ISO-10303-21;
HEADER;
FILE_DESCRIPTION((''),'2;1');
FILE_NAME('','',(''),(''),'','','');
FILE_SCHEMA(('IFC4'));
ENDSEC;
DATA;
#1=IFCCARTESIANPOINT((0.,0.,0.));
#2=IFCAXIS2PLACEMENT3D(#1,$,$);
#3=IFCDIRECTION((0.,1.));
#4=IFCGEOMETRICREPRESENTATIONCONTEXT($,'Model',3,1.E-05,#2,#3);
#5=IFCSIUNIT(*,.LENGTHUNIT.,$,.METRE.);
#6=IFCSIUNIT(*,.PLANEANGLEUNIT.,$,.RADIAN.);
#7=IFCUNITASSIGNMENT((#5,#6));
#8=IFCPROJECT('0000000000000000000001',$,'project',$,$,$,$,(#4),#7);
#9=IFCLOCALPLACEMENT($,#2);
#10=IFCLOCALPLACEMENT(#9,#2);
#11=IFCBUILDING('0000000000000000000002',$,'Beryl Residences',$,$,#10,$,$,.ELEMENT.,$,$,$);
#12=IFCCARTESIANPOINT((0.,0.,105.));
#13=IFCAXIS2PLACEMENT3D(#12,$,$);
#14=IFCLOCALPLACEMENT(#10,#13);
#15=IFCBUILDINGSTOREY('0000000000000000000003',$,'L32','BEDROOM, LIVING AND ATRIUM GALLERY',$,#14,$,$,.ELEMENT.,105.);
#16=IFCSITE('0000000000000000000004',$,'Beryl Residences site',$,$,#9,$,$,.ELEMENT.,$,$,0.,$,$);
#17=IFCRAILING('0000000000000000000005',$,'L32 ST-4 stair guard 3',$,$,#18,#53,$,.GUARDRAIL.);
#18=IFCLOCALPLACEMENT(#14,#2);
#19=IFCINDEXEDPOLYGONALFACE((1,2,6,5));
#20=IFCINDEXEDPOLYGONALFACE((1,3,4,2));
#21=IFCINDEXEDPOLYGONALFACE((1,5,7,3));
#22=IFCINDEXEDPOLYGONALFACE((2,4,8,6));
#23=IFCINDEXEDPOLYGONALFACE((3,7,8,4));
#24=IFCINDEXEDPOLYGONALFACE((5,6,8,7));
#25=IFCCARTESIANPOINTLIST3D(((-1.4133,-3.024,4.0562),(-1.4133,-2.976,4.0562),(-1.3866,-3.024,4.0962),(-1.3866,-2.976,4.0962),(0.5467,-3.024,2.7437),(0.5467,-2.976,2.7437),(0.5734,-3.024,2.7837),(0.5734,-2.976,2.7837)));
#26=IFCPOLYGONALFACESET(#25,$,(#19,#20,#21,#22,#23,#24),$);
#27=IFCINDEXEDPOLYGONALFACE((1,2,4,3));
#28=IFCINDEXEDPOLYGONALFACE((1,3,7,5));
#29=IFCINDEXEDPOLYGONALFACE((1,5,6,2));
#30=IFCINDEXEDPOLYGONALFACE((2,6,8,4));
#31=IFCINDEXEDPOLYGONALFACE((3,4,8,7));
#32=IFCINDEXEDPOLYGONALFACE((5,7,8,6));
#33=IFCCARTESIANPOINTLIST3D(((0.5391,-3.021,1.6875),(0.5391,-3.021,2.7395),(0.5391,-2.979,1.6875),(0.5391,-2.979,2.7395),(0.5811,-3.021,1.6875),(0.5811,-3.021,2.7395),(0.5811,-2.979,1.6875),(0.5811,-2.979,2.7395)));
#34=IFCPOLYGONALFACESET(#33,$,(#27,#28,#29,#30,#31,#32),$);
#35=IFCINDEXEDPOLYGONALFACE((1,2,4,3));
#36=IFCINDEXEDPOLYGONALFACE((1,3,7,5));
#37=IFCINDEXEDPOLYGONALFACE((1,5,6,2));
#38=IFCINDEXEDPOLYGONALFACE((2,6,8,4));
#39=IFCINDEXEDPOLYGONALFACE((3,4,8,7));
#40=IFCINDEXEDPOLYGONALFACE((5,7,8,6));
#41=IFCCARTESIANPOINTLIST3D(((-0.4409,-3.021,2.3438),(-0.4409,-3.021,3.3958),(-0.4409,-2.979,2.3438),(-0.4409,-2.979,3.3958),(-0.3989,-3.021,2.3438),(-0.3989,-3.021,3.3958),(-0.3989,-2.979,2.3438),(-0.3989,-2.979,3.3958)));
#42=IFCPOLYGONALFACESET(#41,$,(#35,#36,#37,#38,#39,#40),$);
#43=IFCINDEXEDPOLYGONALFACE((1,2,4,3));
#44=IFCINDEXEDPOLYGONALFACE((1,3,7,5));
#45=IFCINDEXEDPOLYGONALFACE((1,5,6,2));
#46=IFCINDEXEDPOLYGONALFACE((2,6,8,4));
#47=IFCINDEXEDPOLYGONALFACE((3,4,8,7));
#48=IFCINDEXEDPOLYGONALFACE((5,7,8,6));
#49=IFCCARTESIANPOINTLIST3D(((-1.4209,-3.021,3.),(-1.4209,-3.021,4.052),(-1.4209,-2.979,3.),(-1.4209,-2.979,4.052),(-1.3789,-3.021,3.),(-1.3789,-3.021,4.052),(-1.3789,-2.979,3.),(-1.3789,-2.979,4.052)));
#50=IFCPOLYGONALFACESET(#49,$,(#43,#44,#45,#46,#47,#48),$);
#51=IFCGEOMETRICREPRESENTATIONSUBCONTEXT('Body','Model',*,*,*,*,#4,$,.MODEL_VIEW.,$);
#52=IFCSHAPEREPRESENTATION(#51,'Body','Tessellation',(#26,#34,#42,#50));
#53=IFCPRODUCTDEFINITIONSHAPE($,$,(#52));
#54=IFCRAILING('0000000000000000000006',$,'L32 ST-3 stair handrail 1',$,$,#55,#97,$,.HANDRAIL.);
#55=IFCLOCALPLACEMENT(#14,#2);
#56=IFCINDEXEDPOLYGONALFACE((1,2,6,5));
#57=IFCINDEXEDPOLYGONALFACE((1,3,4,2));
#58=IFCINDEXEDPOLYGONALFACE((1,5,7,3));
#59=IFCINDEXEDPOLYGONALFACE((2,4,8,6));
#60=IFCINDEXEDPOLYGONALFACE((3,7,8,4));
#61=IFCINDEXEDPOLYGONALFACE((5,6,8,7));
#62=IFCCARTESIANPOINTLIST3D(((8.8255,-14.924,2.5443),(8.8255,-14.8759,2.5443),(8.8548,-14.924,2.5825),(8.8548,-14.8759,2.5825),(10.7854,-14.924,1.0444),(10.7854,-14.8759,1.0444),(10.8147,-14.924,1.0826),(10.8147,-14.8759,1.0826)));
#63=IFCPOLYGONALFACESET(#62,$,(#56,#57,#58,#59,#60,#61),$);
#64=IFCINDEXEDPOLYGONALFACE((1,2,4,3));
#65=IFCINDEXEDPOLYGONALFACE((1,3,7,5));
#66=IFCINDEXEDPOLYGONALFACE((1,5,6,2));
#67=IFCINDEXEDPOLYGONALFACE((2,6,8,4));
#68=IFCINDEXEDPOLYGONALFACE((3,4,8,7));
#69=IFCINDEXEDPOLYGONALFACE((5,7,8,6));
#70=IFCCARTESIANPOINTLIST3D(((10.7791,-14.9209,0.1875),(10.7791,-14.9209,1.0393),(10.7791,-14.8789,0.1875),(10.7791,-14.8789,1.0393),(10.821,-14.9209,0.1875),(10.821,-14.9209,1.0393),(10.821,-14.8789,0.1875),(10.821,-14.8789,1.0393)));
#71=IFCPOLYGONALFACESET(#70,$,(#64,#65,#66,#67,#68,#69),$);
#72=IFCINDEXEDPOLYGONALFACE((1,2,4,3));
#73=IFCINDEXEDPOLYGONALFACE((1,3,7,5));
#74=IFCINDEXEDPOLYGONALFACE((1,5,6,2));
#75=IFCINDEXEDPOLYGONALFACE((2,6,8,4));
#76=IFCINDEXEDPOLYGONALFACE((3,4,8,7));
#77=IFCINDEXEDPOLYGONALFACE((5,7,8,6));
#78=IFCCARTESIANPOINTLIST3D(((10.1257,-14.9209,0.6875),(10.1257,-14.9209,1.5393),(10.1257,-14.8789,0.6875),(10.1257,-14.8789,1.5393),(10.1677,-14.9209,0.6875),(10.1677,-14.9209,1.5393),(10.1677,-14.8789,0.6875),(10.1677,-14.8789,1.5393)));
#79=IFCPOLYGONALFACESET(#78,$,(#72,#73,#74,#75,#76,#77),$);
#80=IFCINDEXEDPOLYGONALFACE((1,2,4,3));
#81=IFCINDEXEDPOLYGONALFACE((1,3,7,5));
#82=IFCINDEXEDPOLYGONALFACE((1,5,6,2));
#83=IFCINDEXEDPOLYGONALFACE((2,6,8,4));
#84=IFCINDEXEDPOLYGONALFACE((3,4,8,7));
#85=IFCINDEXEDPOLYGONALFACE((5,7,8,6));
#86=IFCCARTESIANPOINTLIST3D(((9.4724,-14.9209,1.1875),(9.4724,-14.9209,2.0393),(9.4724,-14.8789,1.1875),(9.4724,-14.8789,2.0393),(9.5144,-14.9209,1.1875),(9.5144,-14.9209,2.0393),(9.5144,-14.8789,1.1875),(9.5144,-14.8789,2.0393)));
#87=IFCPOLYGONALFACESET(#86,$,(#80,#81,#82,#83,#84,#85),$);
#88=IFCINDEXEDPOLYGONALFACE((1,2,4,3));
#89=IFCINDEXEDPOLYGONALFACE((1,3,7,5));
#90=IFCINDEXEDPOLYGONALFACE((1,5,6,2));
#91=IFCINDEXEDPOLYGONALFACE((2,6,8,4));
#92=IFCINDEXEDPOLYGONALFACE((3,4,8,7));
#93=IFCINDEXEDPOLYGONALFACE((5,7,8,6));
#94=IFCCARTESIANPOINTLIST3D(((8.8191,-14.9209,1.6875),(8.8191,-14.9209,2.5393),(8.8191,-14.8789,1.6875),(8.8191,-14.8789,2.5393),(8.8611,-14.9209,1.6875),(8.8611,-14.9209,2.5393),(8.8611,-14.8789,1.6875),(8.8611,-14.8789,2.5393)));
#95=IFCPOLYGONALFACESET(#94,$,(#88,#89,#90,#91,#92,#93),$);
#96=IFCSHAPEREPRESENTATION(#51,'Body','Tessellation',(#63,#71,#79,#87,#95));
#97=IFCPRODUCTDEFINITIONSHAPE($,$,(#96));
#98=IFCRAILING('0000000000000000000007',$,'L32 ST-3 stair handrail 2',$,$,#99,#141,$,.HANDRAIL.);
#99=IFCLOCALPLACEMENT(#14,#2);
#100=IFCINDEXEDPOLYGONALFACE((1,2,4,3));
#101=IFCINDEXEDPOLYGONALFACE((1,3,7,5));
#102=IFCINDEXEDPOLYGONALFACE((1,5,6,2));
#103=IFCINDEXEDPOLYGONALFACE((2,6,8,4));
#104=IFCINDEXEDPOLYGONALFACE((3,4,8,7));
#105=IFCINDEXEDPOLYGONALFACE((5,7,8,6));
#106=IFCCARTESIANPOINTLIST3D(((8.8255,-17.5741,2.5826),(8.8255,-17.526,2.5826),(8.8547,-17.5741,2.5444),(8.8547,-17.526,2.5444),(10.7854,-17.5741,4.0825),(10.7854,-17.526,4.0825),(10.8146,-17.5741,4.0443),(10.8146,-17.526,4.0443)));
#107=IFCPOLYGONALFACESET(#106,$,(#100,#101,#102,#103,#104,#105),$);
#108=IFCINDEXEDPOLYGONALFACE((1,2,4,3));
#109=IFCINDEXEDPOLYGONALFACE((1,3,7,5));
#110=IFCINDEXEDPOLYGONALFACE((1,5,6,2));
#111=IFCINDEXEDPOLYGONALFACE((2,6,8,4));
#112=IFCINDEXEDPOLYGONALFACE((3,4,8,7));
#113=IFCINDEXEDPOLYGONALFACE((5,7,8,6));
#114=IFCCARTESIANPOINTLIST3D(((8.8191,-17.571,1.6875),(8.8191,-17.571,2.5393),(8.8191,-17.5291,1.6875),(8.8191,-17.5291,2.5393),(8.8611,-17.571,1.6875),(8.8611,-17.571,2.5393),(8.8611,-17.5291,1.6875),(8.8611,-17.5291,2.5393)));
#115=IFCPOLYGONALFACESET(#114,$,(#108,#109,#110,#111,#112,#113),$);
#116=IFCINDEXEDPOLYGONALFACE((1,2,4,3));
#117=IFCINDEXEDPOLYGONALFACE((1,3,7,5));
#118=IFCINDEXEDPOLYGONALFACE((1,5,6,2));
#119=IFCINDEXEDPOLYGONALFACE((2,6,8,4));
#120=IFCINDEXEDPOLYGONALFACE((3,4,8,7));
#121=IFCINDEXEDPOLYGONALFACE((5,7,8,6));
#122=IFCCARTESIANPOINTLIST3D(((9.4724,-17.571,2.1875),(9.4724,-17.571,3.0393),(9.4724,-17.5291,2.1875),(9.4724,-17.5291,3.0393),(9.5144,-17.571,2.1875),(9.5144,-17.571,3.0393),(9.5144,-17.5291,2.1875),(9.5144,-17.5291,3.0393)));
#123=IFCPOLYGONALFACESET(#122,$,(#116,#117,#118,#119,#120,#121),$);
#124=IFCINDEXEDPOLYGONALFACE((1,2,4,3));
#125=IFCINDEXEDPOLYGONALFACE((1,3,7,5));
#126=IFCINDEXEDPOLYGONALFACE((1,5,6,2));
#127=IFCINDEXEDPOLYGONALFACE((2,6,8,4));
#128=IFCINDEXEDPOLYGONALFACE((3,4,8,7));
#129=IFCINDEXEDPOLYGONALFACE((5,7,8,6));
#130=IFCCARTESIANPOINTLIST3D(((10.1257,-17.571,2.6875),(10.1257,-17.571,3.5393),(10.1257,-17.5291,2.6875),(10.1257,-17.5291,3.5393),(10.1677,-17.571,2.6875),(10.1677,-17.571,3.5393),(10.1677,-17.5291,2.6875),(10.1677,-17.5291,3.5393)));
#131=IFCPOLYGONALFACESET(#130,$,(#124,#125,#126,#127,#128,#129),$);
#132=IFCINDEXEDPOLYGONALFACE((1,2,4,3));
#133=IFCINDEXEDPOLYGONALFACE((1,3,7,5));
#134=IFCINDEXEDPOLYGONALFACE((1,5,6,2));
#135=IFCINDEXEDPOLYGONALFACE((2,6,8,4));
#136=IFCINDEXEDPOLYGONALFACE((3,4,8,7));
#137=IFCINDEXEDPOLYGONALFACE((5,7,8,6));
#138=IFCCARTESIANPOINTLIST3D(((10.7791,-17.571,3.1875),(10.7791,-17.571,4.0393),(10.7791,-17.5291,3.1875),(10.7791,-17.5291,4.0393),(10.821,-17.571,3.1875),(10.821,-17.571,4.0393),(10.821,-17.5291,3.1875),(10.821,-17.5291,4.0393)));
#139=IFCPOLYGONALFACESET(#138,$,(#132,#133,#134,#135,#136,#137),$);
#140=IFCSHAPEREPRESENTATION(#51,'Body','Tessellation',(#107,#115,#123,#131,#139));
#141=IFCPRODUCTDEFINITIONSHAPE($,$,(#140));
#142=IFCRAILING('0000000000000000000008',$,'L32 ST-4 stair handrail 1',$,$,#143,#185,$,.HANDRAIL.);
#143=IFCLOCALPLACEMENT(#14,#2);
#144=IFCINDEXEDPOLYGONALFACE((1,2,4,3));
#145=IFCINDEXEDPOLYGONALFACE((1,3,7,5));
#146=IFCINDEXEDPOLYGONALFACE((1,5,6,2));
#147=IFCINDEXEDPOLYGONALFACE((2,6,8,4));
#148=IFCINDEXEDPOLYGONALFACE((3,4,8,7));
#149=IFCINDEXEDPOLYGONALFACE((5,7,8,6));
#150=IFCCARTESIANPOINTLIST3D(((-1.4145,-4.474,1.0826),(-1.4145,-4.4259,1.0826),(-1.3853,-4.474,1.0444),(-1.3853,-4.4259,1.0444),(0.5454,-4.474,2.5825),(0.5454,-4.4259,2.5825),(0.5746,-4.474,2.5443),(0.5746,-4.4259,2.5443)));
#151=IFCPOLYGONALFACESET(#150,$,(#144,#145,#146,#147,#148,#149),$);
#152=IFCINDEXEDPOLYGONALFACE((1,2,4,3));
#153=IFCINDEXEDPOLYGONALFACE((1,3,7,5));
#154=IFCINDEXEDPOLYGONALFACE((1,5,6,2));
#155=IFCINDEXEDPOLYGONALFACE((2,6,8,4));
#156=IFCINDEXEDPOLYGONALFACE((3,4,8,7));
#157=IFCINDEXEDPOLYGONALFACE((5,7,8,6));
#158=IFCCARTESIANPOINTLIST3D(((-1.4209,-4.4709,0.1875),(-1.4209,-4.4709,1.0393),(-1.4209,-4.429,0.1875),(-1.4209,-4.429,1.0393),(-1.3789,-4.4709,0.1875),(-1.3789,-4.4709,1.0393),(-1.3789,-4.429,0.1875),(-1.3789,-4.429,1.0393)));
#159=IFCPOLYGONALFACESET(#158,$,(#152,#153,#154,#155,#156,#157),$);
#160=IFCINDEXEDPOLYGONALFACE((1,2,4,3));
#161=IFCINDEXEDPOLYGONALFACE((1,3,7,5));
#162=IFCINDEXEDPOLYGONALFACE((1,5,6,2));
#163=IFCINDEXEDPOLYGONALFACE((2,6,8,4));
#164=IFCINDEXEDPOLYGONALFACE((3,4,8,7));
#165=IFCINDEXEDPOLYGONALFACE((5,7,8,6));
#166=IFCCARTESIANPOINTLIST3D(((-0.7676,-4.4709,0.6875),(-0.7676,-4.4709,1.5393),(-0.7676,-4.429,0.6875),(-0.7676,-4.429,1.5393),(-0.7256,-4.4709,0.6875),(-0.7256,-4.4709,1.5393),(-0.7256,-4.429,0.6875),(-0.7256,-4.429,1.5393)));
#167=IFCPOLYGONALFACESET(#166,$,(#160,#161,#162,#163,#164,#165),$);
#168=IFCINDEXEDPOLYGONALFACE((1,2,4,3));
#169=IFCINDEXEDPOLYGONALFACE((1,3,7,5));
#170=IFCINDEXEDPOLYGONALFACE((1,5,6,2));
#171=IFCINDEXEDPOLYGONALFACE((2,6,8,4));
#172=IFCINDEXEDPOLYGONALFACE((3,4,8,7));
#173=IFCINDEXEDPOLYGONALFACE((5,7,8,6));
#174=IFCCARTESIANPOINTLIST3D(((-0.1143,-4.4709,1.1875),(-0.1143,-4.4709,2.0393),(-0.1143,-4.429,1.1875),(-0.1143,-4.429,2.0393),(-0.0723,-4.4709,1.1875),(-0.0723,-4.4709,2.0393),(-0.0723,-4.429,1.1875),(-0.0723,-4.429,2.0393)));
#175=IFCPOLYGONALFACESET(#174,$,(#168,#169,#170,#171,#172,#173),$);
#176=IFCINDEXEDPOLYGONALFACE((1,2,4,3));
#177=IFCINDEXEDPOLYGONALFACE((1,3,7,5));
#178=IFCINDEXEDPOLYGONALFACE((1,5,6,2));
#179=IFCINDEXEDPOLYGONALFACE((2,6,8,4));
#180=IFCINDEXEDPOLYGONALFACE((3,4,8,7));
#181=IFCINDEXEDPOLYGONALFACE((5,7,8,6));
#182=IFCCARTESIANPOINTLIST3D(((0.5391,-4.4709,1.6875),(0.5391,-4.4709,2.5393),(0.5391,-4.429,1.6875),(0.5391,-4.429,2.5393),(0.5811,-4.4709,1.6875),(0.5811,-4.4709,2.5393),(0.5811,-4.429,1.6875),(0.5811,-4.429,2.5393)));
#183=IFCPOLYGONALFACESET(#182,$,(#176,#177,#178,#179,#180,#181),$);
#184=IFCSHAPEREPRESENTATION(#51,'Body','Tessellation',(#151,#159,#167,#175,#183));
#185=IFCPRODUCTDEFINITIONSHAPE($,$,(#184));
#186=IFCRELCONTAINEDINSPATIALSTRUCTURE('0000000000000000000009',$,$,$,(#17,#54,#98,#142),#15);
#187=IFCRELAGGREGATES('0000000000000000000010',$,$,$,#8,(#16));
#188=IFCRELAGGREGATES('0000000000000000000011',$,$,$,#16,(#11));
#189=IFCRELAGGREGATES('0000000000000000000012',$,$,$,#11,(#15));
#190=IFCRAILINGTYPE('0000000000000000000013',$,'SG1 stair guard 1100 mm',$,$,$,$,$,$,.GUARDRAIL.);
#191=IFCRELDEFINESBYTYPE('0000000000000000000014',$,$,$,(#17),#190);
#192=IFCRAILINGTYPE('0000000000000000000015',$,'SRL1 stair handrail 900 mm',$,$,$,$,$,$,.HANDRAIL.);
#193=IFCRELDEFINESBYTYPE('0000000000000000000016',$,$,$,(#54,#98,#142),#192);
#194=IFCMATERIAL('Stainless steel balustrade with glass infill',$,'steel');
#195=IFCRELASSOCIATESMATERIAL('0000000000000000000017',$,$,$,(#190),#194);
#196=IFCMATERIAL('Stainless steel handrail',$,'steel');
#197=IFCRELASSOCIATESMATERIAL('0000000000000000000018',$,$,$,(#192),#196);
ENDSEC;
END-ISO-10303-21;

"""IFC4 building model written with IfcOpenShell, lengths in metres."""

from ifc_helpers import new_model, si_unit, direction, frame, origin, origin_2d, place, context, subcontext, project, spatial, rectangle, extrude, material, type_object, element, save


model = new_model("IFC4")

# Units and contexts
model_context = context("Model", 3, precision=1e-05, world=origin(), true_north=direction((0.0, 1.0)))
body_context = subcontext(model_context, "Body", "Model", "MODEL_VIEW")
ifc_project = project(units=[si_unit("LENGTHUNIT", "METRE"), si_unit("PLANEANGLEUNIT", "RADIAN")], contexts=[model_context])

# Site, building, storey
site_placement = place(None, origin())
site = spatial("IfcSite", under=ifc_project, at=site_placement, Name="Beryl Residences site", CompositionType="ELEMENT", RefElevation=0.0)
building_placement = place(site_placement, origin())
building = spatial("IfcBuilding", under=site, at=building_placement, Name="Beryl Residences", CompositionType="ELEMENT")
storey_placement = place(building_placement, frame((0.0, 0.0, 105.0)))
storey = spatial("IfcBuildingStorey", under=building, at=storey_placement, Name="L32", Description="BEDROOM, LIVING AND ATRIUM GALLERY", CompositionType="ELEMENT", Elevation=105.0)

# Railings
ifc_material_1 = material(Name="Stainless steel balustrade with glass infill", Category="steel")
railing_type_1 = type_object("IfcRailingType", Name="SG1 stair guard 1100 mm", PredefinedType="GUARDRAIL", material=ifc_material_1)
railing_1_placement = place(storey_placement, frame((0.5601, -3.0, 1.6875)))
element("IfcRailing", 1, at=railing_1_placement, inside=storey, type_object=railing_type_1, Name="L32 ST-4 stair guard 3", PredefinedType="GUARDRAIL", context=body_context, shape_type="SweptSolid", body=[
    extrude(rectangle(XDim=0.0481, YDim=0.0481, at=origin_2d()), frame((0.0, 0.0, 1.0762), z_axis=(-0.830902, 0.0, 0.556419), x_axis=(0.0, -1.0, 0.0)), (0.0, 0.0, 1.0), 2.3589),
    extrude(rectangle(XDim=0.042, YDim=0.042, at=origin_2d()), origin(), (0.0, 0.0, 1.0), 1.052),
    extrude(rectangle(XDim=0.042, YDim=0.042, at=origin_2d()), frame((-0.98, 0.0, 0.6562)), (0.0, 0.0, 1.0), 1.052),
    extrude(rectangle(XDim=0.042, YDim=0.042, at=origin_2d()), frame((-1.96, 0.0, 1.3125)), (0.0, 0.0, 1.0), 1.052),
])
ifc_material_2 = material(Name="Stainless steel handrail", Category="steel")
railing_type_2 = type_object("IfcRailingType", Name="SRL1 stair handrail 900 mm", PredefinedType="HANDRAIL", material=ifc_material_2)
railing_2_placement = place(storey_placement, frame((10.8, -14.8999, 0.1875)))
element("IfcRailing", 2, at=railing_2_placement, inside=storey, type_object=railing_type_2, Name="L32 ST-3 stair handrail 1", PredefinedType="HANDRAIL", context=body_context, shape_type="SweptSolid", body=[
    extrude(rectangle(XDim=0.0481, YDim=0.0481, at=origin_2d()), frame((0.0, 0.0, 0.876), z_axis=(-0.794122, 0.0, 0.607758), x_axis=(0.0, -1.0, 0.0)), (0.0, 0.0, 1.0), 2.468),
    extrude(rectangle(XDim=0.042, YDim=0.042, at=origin_2d()), origin(), (0.0, 0.0, 1.0), 0.8518),
    extrude(rectangle(XDim=0.042, YDim=0.042, at=origin_2d()), frame((-0.6533, 0.0, 0.5)), (0.0, 0.0, 1.0), 0.8518),
    extrude(rectangle(XDim=0.042, YDim=0.042, at=origin_2d()), frame((-1.3066, 0.0, 1.0)), (0.0, 0.0, 1.0), 0.8518),
    extrude(rectangle(XDim=0.042, YDim=0.042, at=origin_2d()), frame((-1.96, 0.0, 1.5)), (0.0, 0.0, 1.0), 0.8518),
])
for number, where, name in (
    (3, (8.8401, -17.55, 1.6875), "L32 ST-3 stair handrail 2"),
    (4, (-1.3999, -4.45, 0.1875), "L32 ST-4 stair handrail 1"),
):
    element("IfcRailing", number, at=place(storey_placement, frame(where)), inside=storey, type_object=railing_type_2, Name=name, PredefinedType="HANDRAIL", context=body_context, shape_type="SweptSolid", body=[
        extrude(rectangle(XDim=0.0481, YDim=0.0481, at=origin_2d()), frame((0.0, 0.0, 0.876), z_axis=(0.794122, 0.0, 0.607758), x_axis=(0.0, 1.0, 0.0)), (0.0, 0.0, 1.0), 2.468),
        extrude(rectangle(XDim=0.042, YDim=0.042, at=origin_2d()), origin(), (0.0, 0.0, 1.0), 0.8518),
        extrude(rectangle(XDim=0.042, YDim=0.042, at=origin_2d()), frame((0.6533, 0.0, 0.5)), (0.0, 0.0, 1.0), 0.8518),
        extrude(rectangle(XDim=0.042, YDim=0.042, at=origin_2d()), frame((1.3066, 0.0, 1.0)), (0.0, 0.0, 1.0), 0.8518),
        extrude(rectangle(XDim=0.042, YDim=0.042, at=origin_2d()), frame((1.96, 0.0, 1.5)), (0.0, 0.0, 1.0), 0.8518),
    ])

save(model, "model.ifc")
